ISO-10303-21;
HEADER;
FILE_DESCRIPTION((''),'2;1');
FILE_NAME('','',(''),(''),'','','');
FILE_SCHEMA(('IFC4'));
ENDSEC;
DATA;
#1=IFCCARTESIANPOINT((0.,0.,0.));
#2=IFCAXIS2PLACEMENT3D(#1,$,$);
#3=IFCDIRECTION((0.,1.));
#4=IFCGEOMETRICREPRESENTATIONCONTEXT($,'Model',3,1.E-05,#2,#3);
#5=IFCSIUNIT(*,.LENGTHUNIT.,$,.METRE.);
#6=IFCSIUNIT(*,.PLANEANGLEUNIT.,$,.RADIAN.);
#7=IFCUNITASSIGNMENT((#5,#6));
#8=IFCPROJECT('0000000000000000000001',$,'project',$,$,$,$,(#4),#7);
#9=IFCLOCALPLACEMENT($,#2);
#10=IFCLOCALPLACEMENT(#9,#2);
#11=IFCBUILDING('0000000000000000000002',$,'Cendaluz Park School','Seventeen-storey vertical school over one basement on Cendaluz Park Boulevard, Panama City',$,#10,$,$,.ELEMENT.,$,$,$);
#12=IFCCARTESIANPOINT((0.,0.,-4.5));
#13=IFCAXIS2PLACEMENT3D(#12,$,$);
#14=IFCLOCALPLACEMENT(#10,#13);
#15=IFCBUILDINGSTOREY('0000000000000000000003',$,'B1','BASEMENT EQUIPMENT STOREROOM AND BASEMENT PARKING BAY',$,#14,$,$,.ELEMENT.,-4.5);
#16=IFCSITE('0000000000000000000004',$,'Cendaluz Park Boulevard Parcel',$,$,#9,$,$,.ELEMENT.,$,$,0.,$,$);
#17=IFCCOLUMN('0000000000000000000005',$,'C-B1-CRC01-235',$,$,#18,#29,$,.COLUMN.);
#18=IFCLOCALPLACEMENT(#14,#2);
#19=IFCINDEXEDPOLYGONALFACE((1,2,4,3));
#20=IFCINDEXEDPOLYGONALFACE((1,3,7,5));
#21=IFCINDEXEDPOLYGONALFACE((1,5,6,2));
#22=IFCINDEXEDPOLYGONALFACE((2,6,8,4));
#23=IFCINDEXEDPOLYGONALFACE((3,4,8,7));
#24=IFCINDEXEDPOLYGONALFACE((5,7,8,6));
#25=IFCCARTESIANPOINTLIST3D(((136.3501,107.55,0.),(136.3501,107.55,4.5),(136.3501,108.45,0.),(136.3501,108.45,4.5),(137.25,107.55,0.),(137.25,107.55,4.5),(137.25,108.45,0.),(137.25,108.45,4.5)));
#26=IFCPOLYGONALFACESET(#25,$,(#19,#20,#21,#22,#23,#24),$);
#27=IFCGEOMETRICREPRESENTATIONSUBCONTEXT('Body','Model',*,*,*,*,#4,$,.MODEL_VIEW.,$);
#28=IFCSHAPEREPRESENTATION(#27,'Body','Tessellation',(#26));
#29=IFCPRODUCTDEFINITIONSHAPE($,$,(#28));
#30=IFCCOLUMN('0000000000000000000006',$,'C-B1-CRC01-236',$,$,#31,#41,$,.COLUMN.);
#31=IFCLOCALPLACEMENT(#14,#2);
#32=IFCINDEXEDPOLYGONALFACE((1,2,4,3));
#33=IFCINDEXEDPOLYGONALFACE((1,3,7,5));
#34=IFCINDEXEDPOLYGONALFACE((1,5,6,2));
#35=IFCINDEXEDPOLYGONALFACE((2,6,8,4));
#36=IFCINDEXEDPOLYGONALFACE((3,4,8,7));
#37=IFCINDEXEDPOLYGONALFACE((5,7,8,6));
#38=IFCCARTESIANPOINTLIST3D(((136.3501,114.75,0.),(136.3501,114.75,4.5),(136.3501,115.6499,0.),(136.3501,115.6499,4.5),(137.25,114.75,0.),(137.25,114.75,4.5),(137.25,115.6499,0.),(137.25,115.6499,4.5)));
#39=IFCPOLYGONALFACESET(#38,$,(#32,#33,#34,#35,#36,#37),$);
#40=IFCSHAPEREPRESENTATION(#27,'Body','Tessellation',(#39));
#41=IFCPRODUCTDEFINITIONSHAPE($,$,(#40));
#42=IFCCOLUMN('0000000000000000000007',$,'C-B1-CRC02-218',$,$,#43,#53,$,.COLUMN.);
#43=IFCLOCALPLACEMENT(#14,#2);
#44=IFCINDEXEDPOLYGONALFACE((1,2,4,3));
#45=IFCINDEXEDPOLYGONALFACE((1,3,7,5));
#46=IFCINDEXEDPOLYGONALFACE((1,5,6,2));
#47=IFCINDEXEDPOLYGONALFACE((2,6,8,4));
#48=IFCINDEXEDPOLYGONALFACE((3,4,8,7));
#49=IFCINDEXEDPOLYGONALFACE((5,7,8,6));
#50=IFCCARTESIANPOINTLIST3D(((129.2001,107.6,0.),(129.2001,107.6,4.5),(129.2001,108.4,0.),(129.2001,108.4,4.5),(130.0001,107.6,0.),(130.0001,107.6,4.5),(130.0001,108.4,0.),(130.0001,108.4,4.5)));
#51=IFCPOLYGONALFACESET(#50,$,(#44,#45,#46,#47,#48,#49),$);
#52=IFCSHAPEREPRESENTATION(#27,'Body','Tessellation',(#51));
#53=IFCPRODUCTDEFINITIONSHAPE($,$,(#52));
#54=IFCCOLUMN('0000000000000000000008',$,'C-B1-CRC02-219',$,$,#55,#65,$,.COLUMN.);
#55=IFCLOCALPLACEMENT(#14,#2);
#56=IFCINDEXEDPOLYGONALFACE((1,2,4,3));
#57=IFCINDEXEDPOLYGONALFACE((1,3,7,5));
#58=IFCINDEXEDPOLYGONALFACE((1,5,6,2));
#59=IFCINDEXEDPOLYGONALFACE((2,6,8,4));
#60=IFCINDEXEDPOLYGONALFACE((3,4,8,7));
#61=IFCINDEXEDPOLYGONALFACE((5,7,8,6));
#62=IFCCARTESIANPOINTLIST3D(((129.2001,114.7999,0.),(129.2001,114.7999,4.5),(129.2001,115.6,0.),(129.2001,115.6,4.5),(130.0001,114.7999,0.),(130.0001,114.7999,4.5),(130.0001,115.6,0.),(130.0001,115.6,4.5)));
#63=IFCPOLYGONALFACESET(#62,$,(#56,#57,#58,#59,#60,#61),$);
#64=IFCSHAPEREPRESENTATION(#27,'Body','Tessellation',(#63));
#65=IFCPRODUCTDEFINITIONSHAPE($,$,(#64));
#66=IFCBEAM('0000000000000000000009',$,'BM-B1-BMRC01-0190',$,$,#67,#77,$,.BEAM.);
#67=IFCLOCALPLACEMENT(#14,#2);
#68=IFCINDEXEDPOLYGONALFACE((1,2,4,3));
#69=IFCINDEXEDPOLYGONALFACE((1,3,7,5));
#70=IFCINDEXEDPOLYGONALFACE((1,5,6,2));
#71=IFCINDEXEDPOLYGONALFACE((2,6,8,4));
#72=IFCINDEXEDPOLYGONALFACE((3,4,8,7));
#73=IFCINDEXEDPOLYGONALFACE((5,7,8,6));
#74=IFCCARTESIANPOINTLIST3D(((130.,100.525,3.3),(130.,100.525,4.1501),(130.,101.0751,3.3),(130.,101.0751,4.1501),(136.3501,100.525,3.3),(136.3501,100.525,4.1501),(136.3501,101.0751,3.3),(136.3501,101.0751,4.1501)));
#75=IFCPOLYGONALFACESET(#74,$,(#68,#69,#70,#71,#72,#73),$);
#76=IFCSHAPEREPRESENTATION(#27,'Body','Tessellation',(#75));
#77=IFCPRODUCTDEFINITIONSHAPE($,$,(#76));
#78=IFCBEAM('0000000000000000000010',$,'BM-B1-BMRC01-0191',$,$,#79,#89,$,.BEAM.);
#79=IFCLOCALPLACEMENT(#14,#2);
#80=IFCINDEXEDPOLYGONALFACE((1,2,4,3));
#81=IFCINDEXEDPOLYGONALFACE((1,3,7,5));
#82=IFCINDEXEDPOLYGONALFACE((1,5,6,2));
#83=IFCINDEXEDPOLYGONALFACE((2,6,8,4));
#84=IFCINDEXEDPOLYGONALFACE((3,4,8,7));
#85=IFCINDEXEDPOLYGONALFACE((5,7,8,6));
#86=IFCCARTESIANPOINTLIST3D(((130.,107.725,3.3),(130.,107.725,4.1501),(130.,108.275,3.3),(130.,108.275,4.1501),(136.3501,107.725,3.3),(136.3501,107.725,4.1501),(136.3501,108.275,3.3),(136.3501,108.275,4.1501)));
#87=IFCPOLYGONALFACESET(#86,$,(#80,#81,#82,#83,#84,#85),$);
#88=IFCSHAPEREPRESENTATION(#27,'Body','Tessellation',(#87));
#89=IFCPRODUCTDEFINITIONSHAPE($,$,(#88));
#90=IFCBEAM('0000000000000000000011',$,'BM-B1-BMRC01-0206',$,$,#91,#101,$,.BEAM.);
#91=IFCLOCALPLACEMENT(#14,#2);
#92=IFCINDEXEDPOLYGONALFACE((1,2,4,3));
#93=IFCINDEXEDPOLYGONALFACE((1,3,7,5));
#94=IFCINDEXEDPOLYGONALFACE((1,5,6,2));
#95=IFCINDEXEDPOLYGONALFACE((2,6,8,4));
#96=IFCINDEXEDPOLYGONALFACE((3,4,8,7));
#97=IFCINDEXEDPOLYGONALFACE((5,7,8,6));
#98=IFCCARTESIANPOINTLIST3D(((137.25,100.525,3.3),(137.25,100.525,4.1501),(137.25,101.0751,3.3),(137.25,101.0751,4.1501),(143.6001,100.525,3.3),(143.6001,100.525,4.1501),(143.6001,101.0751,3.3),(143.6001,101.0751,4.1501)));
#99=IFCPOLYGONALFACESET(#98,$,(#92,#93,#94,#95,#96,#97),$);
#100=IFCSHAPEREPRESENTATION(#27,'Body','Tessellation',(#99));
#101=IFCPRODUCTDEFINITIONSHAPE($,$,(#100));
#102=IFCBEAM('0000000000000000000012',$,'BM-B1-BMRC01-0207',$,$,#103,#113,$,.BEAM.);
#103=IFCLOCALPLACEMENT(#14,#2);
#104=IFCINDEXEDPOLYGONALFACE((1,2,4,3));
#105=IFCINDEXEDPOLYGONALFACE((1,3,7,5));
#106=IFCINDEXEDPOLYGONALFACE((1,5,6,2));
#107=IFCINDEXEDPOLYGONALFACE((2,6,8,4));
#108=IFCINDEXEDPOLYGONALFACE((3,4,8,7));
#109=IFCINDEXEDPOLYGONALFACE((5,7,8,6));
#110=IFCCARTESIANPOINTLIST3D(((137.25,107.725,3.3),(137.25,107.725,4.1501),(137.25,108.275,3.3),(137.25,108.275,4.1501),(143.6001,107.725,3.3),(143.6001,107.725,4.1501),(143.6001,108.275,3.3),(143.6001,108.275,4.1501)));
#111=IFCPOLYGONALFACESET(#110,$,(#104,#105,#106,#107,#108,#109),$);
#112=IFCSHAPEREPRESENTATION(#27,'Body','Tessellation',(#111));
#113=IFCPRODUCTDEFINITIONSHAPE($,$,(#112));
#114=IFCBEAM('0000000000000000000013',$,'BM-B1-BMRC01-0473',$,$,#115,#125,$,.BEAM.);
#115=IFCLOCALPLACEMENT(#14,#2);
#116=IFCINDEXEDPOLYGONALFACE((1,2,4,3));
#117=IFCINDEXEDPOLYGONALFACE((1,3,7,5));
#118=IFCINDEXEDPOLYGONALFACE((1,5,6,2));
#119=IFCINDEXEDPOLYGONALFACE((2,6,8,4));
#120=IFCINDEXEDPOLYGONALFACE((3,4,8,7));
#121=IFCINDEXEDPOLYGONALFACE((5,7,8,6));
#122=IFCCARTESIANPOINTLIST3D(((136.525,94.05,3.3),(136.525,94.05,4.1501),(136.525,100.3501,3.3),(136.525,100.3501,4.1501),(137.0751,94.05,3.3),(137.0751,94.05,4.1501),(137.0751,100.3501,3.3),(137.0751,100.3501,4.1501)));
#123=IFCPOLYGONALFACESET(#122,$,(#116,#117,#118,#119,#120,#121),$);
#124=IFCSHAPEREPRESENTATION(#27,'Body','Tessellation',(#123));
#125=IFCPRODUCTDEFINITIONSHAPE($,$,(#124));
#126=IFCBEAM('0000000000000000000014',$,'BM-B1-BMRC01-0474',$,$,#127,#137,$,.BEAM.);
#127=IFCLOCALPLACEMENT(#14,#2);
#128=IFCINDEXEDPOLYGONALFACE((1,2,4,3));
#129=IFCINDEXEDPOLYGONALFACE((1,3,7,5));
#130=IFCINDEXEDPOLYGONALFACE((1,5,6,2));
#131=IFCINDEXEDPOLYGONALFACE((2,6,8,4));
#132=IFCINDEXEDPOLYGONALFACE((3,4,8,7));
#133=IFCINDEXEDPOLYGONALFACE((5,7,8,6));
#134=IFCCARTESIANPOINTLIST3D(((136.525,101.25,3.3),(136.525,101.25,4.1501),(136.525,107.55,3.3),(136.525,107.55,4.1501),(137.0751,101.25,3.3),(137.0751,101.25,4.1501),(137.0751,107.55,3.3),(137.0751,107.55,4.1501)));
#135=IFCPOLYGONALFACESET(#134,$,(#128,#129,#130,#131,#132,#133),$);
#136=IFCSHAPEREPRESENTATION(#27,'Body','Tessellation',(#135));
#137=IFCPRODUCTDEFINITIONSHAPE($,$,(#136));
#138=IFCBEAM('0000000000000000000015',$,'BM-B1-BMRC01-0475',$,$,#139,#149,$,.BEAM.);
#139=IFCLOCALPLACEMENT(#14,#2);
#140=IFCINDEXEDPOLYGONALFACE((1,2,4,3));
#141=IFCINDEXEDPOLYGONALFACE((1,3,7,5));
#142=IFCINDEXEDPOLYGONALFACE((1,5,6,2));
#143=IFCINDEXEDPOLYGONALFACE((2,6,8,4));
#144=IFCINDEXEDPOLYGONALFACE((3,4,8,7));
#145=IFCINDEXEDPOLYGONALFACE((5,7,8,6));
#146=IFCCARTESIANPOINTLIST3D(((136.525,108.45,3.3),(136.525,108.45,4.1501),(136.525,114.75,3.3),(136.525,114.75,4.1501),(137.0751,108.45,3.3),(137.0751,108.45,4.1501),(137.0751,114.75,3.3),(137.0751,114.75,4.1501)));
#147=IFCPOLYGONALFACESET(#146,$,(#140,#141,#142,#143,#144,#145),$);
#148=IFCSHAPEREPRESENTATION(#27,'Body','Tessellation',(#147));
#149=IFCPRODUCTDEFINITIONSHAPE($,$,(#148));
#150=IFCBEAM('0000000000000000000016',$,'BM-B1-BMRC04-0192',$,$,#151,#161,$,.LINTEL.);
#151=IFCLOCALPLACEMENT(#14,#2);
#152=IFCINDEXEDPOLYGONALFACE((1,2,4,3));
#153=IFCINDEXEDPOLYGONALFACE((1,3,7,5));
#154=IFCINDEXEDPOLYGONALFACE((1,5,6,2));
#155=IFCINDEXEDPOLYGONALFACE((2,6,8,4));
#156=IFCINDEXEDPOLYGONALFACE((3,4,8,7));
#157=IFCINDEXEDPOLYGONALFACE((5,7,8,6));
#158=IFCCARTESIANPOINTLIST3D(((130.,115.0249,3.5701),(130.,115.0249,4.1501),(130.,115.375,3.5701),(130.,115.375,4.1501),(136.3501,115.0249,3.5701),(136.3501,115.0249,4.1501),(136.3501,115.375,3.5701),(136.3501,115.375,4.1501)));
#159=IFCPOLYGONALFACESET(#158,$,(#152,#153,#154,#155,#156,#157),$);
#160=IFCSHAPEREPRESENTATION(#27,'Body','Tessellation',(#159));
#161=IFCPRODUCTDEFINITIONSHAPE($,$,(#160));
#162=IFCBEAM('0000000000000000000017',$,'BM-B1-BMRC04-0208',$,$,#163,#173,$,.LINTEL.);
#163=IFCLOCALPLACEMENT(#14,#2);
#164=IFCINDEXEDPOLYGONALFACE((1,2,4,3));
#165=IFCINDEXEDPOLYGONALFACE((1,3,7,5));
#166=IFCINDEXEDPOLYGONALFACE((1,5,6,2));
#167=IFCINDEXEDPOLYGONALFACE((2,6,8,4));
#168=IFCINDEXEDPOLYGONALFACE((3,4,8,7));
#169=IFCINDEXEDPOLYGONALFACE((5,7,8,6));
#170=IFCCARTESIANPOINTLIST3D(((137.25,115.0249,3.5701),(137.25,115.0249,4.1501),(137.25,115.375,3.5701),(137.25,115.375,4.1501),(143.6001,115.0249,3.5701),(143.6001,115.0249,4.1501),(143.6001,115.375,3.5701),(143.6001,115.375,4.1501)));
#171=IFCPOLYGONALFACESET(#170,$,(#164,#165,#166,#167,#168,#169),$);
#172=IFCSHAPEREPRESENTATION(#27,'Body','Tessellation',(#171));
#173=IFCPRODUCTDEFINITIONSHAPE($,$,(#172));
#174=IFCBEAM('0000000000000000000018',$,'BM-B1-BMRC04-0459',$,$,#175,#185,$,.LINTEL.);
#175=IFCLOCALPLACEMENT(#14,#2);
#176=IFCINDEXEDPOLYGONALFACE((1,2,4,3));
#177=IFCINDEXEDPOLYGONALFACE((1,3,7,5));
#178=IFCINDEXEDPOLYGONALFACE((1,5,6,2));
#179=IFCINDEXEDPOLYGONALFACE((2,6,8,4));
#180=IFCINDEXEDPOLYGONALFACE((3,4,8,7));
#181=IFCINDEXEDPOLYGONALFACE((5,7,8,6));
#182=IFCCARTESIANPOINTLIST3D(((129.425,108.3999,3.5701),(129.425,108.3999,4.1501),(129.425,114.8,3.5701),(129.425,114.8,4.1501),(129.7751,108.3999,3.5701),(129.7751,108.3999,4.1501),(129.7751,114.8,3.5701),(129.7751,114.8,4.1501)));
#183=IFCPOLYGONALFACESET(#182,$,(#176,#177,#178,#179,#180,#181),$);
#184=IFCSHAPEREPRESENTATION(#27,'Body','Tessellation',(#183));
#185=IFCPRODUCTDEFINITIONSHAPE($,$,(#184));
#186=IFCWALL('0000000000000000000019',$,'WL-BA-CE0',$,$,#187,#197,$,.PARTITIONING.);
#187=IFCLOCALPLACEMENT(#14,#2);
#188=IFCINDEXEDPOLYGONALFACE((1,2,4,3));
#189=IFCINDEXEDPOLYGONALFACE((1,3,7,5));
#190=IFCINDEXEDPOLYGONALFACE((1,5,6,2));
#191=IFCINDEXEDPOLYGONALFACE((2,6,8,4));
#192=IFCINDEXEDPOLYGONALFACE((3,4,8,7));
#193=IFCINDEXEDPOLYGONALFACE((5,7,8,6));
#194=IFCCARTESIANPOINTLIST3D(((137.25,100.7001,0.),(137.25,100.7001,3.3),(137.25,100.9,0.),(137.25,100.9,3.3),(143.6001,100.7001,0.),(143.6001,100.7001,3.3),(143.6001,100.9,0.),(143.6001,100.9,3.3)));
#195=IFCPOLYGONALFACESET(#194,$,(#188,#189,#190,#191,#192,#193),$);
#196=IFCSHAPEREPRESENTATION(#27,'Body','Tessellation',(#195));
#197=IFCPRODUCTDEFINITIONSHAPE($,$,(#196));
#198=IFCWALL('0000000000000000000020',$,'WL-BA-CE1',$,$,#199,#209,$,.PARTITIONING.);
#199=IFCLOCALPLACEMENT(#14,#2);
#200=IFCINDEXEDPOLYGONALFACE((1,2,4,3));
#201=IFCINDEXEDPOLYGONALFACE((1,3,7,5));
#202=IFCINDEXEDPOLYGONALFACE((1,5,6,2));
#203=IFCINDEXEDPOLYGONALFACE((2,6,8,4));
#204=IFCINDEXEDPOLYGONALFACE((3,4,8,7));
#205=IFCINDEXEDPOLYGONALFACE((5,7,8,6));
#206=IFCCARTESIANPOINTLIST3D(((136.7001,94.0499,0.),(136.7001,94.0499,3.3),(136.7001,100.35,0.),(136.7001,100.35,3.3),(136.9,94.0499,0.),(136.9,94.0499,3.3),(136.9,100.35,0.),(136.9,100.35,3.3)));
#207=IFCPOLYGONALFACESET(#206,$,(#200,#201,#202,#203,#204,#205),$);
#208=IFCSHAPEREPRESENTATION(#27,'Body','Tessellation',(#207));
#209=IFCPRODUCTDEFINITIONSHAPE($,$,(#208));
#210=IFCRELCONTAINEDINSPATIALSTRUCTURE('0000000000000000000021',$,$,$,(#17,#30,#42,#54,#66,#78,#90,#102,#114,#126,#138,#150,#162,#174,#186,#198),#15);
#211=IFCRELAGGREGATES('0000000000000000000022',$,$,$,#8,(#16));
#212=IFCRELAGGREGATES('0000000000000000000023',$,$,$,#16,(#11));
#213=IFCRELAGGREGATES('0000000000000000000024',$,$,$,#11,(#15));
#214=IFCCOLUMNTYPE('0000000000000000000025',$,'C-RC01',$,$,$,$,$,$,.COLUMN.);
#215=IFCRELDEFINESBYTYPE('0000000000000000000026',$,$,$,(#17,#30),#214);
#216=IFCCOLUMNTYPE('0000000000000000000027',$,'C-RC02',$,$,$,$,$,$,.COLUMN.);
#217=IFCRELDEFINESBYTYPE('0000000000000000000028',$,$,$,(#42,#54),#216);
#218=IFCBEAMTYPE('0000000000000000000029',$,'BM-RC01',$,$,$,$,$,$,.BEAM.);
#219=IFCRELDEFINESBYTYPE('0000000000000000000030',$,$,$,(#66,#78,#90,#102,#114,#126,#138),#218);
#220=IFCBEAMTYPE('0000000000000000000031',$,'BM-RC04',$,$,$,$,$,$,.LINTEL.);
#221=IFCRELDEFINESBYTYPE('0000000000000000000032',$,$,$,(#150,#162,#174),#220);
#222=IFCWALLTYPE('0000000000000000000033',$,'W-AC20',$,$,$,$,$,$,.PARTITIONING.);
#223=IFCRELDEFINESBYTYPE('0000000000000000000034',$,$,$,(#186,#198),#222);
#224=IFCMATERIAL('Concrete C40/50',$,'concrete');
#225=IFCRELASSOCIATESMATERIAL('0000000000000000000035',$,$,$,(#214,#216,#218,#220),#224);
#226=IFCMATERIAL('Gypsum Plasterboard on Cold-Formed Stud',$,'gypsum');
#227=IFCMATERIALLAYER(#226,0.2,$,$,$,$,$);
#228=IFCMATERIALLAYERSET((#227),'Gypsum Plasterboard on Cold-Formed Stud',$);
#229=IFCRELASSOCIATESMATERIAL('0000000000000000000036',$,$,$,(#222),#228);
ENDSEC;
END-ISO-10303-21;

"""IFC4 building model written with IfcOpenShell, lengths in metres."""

from ifc_helpers import new_model, si_unit, direction, frame, frame_2d, origin, origin_2d, place, context, subcontext, project, spatial, rectangle, extrude, material, layer, layer_set, material_profile, profile_set, type_object, element, save


model = new_model("IFC4")

# Units and contexts
model_context = context("Model", 3, precision=1e-05, world=origin(), true_north=direction((0.0, 1.0)))
body_context = subcontext(model_context, "Body", "Model", "MODEL_VIEW")
ifc_project = project(units=[si_unit("LENGTHUNIT", "METRE"), si_unit("PLANEANGLEUNIT", "RADIAN")], contexts=[model_context])

# Site, building, storey
site_placement = place(None, origin())
site = spatial("IfcSite", under=ifc_project, at=site_placement, Name="Cendaluz Park Boulevard Parcel", CompositionType="ELEMENT", RefElevation=0.0)
building_placement = place(site_placement, origin())
building = spatial("IfcBuilding", under=site, at=building_placement, Name="Cendaluz Park School", Description="Seventeen-storey vertical school over one basement on Cendaluz Park Boulevard, Panama City", CompositionType="ELEMENT")
storey_placement = place(building_placement, frame((0.0, 0.0, -4.5)))
storey = spatial("IfcBuildingStorey", under=building, at=storey_placement, Name="B1", Description="BASEMENT EQUIPMENT STOREROOM AND BASEMENT PARKING BAY", CompositionType="ELEMENT", Elevation=-4.5)

# Shared definitions
ifc_material_1 = material(Name="Concrete C40/50", Category="concrete")

# Columns
ifc_material_profile_1 = material_profile(ifc_material_1, rectangle(XDim=0.8999, YDim=0.8999, at=origin_2d()), Name="RC 900x900", Category="concrete")
ifc_profile_set_1 = profile_set([ifc_material_profile_1], Name="Concrete C40/50")
column_type_1 = type_object("IfcColumnType", Name="C-RC01", PredefinedType="COLUMN", material=ifc_profile_set_1)
for number, where, z_axis, x_axis, name in (
    (1, (136.8, 108.0, 0.0), (0.0, 0.0, 1.0), (1.0, 0.0, 0.0), "C-B1-CRC01-235"),
    (2, (136.8, 115.2, 0.0), (0.0, 0.0, 1.0), (1.0, 0.0, 0.0), "C-B1-CRC01-236"),
):
    element("IfcColumn", number, at=place(storey_placement, frame(where, z_axis=z_axis, x_axis=x_axis)), inside=storey, type_object=column_type_1, Name=name, PredefinedType="COLUMN", context=body_context, shape_type="SweptSolid", body=[
        extrude(rectangle(XDim=0.8999, YDim=0.8999, at=origin_2d()), origin(), (0.0, 0.0, 1.0), 4.5),
    ])
ifc_material_profile_2 = material_profile(ifc_material_1, rectangle(XDim=0.8, YDim=0.8, at=origin_2d()), Name="RC 800x800", Category="concrete")
ifc_profile_set_2 = profile_set([ifc_material_profile_2], Name="Concrete C40/50")
column_type_2 = type_object("IfcColumnType", Name="C-RC02", PredefinedType="COLUMN", material=ifc_profile_set_2)
for number, where, z_axis, x_axis, name in (
    (3, (129.6001, 108.0, 0.0), (0.0, 0.0, 1.0), (1.0, 0.0, 0.0), "C-B1-CRC02-218"),
    (4, (129.6001, 115.2, 0.0), (0.0, 0.0, 1.0), (1.0, 0.0, 0.0), "C-B1-CRC02-219"),
):
    element("IfcColumn", number, at=place(storey_placement, frame(where, z_axis=z_axis, x_axis=x_axis)), inside=storey, type_object=column_type_2, Name=name, PredefinedType="COLUMN", context=body_context, shape_type="SweptSolid", body=[
        extrude(rectangle(XDim=0.8, YDim=0.8, at=origin_2d()), origin(), (0.0, 0.0, 1.0), 4.5),
    ])

# Beams
ifc_material_profile_3 = material_profile(ifc_material_1, rectangle(XDim=0.55, YDim=0.8501, at=origin_2d()), Name="RC 550x850", Category="concrete")
ifc_profile_set_3 = profile_set([ifc_material_profile_3], Name="Concrete C40/50")
beam_type_1 = type_object("IfcBeamType", Name="BM-RC01", PredefinedType="BEAM", material=ifc_profile_set_3)
for number, where, z_axis, x_axis, name in (
    (5, (130.0, 100.8, 3.7251), (1.0, 0.0, 0.0), (0.0, 1.0, 0.0), "BM-B1-BMRC01-0190"),
    (6, (130.0, 108.0, 3.7251), (1.0, 0.0, 0.0), (0.0, 1.0, 0.0), "BM-B1-BMRC01-0191"),
    (7, (137.25, 100.8, 3.7251), (1.0, 0.0, 0.0), (0.0, 1.0, 0.0), "BM-B1-BMRC01-0206"),
    (8, (137.25, 108.0, 3.7251), (1.0, 0.0, 0.0), (0.0, 1.0, 0.0), "BM-B1-BMRC01-0207"),
):
    element("IfcBeam", number, at=place(storey_placement, frame(where, z_axis=z_axis, x_axis=x_axis)), inside=storey, type_object=beam_type_1, Name=name, PredefinedType="BEAM", context=body_context, shape_type="SweptSolid", body=[
        extrude(rectangle(XDim=0.55, YDim=0.8501, at=origin_2d()), origin(), (0.0, 0.0, 1.0), 6.3501),
    ])
for number, where, z_axis, x_axis, name in (
    (9, (136.8, 94.05, 3.7251), (0.0, 1.0, 0.0), (-1.0, 0.0, 0.0), "BM-B1-BMRC01-0473"),
    (10, (136.8, 101.25, 3.7251), (0.0, 1.0, 0.0), (-1.0, 0.0, 0.0), "BM-B1-BMRC01-0474"),
    (11, (136.8, 108.45, 3.7251), (0.0, 1.0, 0.0), (-1.0, 0.0, 0.0), "BM-B1-BMRC01-0475"),
):
    element("IfcBeam", number, at=place(storey_placement, frame(where, z_axis=z_axis, x_axis=x_axis)), inside=storey, type_object=beam_type_1, Name=name, PredefinedType="BEAM", context=body_context, shape_type="SweptSolid", body=[
        extrude(rectangle(XDim=0.55, YDim=0.8501, at=origin_2d()), origin(), (0.0, 0.0, 1.0), 6.3),
    ])
ifc_material_profile_4 = material_profile(ifc_material_1, rectangle(XDim=0.3501, YDim=0.5801, at=origin_2d()), Name="RC 350x580", Category="concrete")
ifc_profile_set_4 = profile_set([ifc_material_profile_4], Name="Concrete C40/50")
beam_type_2 = type_object("IfcBeamType", Name="BM-RC04", PredefinedType="LINTEL", material=ifc_profile_set_4)
for number, where, z_axis, x_axis, name in (
    (12, (130.0, 115.2, 3.8601), (1.0, 0.0, 0.0), (0.0, 1.0, 0.0), "BM-B1-BMRC04-0192"),
    (13, (137.25, 115.2, 3.8601), (1.0, 0.0, 0.0), (0.0, 1.0, 0.0), "BM-B1-BMRC04-0208"),
):
    element("IfcBeam", number, at=place(storey_placement, frame(where, z_axis=z_axis, x_axis=x_axis)), inside=storey, type_object=beam_type_2, Name=name, PredefinedType="LINTEL", context=body_context, shape_type="SweptSolid", body=[
        extrude(rectangle(XDim=0.3501, YDim=0.5801, at=origin_2d()), origin(), (0.0, 0.0, 1.0), 6.3501),
    ])
beam_placement = place(storey_placement, frame((129.6001, 108.3999, 3.8601), z_axis=(0.0, 1.0, 0.0), x_axis=(-1.0, 0.0, 0.0)))
element("IfcBeam", 14, at=beam_placement, inside=storey, type_object=beam_type_2, Name="BM-B1-BMRC04-0459", PredefinedType="LINTEL", context=body_context, shape_type="SweptSolid", body=[
    extrude(rectangle(XDim=0.3501, YDim=0.5801, at=origin_2d()), origin(), (0.0, 0.0, 1.0), 6.4001),
])

# Walls
ifc_material_2 = material(Name="Gypsum Plasterboard on Cold-Formed Stud", Category="gypsum")
ifc_layer_1 = layer(ifc_material_2, 0.2)
ifc_layer_set_1 = layer_set([ifc_layer_1], Name="Gypsum Plasterboard on Cold-Formed Stud")
wall_type_1 = type_object("IfcWallType", Name="W-AC20", PredefinedType="PARTITIONING", material=ifc_layer_set_1)
wall_1_placement = place(storey_placement, frame((137.25, 100.8, 0.0), z_axis=(0.0, 0.0, 1.0), x_axis=(1.0, 0.0, 0.0)))
element("IfcWall", 15, at=wall_1_placement, inside=storey, type_object=wall_type_1, Name="WL-BA-CE0", PredefinedType="PARTITIONING", context=body_context, shape_type="SweptSolid", body=[
    extrude(rectangle(XDim=6.3501, YDim=0.2, at=frame_2d((3.175, 0.0))), origin(), (0.0, 0.0, 1.0), 3.3),
])
wall_2_placement = place(storey_placement, frame((136.8, 94.05, 0.0), z_axis=(0.0, 0.0, 1.0), x_axis=(0.0, 1.0, 0.0)))
element("IfcWall", 16, at=wall_2_placement, inside=storey, type_object=wall_type_1, Name="WL-BA-CE1", PredefinedType="PARTITIONING", context=body_context, shape_type="SweptSolid", body=[
    extrude(rectangle(XDim=6.3, YDim=0.2, at=frame_2d((3.1499, 0.0))), origin(), (0.0, 0.0, 1.0), 3.3),
])

save(model, "model.ifc")
